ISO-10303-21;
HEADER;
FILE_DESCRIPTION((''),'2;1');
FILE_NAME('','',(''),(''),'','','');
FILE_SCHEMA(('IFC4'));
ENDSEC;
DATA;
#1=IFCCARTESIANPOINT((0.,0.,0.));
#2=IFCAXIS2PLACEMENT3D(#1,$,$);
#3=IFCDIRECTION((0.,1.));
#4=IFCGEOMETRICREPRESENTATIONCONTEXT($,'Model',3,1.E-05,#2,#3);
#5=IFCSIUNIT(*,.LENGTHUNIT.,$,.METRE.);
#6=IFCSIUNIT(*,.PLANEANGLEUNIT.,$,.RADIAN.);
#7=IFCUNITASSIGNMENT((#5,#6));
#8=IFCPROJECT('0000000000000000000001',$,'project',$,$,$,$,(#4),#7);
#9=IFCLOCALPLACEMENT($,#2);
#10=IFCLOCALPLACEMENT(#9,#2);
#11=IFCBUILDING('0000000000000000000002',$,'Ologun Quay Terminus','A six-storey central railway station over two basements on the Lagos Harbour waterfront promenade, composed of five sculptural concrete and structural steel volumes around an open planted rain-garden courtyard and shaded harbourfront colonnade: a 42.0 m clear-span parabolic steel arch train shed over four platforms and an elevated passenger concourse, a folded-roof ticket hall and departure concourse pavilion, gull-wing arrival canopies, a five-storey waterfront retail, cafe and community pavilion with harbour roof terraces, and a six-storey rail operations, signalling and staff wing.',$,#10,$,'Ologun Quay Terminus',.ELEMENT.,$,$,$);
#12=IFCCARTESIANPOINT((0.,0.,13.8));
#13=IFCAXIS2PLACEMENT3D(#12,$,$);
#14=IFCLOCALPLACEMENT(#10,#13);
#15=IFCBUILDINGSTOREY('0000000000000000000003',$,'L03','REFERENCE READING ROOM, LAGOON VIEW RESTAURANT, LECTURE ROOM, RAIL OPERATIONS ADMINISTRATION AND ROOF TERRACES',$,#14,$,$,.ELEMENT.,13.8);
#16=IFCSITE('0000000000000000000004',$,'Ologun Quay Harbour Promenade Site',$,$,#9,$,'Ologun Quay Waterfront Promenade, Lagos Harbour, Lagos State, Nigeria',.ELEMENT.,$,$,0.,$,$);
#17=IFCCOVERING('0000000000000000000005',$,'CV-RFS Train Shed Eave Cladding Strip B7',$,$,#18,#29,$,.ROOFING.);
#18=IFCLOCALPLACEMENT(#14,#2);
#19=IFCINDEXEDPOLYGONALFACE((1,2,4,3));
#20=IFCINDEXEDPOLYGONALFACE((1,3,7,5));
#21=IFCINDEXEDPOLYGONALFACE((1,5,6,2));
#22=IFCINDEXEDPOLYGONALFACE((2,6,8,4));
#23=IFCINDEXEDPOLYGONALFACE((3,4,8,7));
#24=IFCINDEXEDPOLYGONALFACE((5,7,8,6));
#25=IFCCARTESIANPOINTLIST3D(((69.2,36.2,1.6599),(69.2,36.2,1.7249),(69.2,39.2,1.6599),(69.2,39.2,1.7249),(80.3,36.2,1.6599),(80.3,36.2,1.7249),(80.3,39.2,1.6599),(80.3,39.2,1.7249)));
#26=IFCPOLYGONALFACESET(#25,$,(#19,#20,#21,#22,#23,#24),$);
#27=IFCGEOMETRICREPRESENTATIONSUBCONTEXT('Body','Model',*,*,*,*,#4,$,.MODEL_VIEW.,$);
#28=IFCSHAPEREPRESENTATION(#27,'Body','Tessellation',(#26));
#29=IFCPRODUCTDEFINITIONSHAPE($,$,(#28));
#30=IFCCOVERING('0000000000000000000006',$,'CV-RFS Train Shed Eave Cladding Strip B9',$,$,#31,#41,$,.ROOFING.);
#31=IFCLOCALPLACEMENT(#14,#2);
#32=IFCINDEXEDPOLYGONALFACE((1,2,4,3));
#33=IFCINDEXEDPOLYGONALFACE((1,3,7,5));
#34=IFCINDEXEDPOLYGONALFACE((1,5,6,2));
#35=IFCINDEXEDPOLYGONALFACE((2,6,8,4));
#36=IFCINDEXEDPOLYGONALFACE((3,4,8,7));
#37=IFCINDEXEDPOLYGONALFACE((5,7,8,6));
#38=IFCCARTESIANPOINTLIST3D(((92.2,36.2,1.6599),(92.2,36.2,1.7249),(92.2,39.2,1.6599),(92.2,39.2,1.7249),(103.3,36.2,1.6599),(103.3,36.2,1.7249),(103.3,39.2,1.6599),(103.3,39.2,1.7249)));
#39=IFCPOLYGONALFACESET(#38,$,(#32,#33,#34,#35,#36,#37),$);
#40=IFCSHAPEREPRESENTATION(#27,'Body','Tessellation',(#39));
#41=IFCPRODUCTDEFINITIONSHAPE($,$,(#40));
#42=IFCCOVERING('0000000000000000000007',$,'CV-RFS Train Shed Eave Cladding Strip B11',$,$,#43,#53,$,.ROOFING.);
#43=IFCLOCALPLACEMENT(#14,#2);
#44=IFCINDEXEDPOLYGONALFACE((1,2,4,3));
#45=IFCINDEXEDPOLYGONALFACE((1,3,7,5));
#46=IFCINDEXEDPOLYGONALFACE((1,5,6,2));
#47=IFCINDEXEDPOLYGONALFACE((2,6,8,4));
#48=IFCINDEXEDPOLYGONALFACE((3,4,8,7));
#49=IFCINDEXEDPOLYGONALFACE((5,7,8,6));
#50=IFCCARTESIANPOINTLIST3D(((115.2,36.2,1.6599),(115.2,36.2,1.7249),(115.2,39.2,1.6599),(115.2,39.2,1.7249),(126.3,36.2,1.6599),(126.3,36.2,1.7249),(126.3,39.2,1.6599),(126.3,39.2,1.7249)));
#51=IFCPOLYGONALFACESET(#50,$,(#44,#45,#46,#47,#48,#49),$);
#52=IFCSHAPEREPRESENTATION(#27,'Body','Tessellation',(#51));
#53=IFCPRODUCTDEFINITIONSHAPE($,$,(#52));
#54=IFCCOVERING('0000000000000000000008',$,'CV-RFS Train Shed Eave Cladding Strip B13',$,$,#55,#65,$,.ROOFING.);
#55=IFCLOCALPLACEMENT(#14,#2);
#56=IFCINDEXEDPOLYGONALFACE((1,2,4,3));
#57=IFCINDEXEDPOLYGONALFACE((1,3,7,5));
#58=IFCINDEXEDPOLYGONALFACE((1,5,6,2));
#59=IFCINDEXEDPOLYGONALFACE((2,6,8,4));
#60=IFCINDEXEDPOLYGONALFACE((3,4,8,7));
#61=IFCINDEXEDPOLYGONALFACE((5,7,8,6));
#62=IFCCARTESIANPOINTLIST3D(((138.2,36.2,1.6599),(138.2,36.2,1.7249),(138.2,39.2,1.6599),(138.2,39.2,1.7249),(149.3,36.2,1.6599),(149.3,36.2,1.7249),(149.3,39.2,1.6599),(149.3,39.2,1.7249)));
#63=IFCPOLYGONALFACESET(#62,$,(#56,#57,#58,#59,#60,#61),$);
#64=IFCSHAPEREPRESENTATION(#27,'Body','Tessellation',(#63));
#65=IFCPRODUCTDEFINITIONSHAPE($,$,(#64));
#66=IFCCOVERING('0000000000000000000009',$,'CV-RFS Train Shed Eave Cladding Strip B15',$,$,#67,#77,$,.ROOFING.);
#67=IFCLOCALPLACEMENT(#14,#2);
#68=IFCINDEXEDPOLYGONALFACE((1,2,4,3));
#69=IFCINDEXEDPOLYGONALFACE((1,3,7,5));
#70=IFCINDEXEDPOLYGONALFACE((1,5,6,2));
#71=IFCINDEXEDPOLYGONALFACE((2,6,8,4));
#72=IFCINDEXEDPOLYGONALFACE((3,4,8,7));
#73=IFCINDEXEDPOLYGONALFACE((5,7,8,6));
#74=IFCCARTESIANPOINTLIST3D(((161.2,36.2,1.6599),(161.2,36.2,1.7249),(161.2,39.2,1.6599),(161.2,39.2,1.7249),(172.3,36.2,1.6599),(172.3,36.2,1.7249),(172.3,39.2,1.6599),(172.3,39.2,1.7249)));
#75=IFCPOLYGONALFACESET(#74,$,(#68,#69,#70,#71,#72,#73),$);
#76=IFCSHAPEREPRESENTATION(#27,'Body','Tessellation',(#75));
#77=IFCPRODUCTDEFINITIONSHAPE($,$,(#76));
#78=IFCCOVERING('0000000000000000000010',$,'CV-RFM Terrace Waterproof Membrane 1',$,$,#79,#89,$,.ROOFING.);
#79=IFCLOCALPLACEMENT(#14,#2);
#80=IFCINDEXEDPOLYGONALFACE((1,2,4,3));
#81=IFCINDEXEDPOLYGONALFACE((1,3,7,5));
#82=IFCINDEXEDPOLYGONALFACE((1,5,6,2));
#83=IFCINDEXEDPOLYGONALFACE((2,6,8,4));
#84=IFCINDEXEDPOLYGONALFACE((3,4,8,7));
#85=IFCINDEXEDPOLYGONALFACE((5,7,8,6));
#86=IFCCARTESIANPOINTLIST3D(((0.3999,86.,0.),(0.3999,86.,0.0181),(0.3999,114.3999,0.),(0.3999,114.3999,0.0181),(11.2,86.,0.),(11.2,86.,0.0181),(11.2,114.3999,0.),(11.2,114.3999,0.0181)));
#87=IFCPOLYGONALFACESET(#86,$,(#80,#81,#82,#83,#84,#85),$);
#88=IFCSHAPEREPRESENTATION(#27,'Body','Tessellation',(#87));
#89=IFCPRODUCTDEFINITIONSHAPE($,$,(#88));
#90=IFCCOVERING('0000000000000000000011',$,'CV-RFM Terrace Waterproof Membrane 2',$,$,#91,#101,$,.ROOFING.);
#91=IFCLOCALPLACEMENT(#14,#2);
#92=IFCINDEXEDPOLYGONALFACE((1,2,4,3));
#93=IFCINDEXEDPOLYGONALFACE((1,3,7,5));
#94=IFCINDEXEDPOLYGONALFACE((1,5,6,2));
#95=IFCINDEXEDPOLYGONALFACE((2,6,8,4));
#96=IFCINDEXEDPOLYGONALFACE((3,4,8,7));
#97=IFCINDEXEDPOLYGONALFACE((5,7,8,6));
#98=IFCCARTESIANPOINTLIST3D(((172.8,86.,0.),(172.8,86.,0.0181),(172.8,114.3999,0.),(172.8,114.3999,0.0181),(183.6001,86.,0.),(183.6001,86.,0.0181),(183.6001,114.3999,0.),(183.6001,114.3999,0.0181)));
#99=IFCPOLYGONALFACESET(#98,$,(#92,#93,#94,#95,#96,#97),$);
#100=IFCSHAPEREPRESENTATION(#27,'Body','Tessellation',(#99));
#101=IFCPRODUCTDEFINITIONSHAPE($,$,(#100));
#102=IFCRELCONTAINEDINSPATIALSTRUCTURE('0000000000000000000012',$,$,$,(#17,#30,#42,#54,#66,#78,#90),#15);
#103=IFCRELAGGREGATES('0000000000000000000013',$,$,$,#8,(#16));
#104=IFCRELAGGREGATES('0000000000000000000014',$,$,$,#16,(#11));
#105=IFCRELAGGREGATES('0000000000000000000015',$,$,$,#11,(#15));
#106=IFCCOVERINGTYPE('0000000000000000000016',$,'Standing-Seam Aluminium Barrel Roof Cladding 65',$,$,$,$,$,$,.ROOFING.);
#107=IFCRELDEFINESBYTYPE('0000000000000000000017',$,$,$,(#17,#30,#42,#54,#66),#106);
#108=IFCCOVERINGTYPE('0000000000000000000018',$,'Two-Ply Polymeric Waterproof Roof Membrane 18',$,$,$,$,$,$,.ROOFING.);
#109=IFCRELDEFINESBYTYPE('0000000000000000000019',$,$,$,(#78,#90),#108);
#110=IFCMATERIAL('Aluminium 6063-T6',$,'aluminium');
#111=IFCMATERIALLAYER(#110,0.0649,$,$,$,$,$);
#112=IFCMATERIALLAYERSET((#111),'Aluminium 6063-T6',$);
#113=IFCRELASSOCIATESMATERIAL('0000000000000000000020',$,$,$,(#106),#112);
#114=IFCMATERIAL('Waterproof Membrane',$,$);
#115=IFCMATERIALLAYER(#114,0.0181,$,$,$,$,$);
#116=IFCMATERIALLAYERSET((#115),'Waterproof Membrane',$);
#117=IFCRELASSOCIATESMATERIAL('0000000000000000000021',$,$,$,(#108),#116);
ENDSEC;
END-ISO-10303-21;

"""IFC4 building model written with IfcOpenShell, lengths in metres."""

from ifc_helpers import new_model, si_unit, direction, frame, origin, place, context, subcontext, project, spatial, polyline, outline, extrude, material, layer, layer_set, type_object, element, save


model = new_model("IFC4")

# Units and contexts
model_context = context("Model", 3, precision=1e-05, world=origin(), true_north=direction((0.0, 1.0)))
body_context = subcontext(model_context, "Body", "Model", "MODEL_VIEW")
ifc_project = project(units=[si_unit("LENGTHUNIT", "METRE"), si_unit("PLANEANGLEUNIT", "RADIAN")], contexts=[model_context])

# Site, building, storey
site_placement = place(None, origin())
site = spatial("IfcSite", under=ifc_project, at=site_placement, Name="Ologun Quay Harbour Promenade Site", LongName="Ologun Quay Waterfront Promenade, Lagos Harbour, Lagos State, Nigeria", CompositionType="ELEMENT", RefElevation=0.0)
building_placement = place(site_placement, origin())
building = spatial("IfcBuilding", under=site, at=building_placement, Name="Ologun Quay Terminus", Description="A six-storey central railway station over two basements on the Lagos Harbour waterfront promenade, composed of five sculptural concrete and structural steel volumes around an open planted rain-garden courtyard and shaded harbourfront colonnade: a 42.0 m clear-span parabolic steel arch train shed over four platforms and an elevated passenger concourse, a folded-roof ticket hall and departure concourse pavilion, gull-wing arrival canopies, a five-storey waterfront retail, cafe and community pavilion with harbour roof terraces, and a six-storey rail operations, signalling and staff wing.", LongName="Ologun Quay Terminus", CompositionType="ELEMENT")
storey_placement = place(building_placement, frame((0.0, 0.0, 13.8)))
storey = spatial("IfcBuildingStorey", under=building, at=storey_placement, Name="L03", Description="REFERENCE READING ROOM, LAGOON VIEW RESTAURANT, LECTURE ROOM, RAIL OPERATIONS ADMINISTRATION AND ROOF TERRACES", CompositionType="ELEMENT", Elevation=13.8)

# Coverings
ifc_material_1 = material(Name="Aluminium 6063-T6", Category="aluminium")
ifc_layer_1 = layer(ifc_material_1, 0.0649)
ifc_layer_set_1 = layer_set([ifc_layer_1], Name="Aluminium 6063-T6")
covering_type_1 = type_object("IfcCoveringType", Name="Standing-Seam Aluminium Barrel Roof Cladding 65", PredefinedType="ROOFING", material=ifc_layer_set_1)
covering_1_placement = place(storey_placement, frame((0.0, 0.0, 1.6599)))
element("IfcCovering", 1, at=covering_1_placement, inside=storey, type_object=covering_type_1, Name="CV-RFS Train Shed Eave Cladding Strip B7", PredefinedType="ROOFING", context=body_context, shape_type="SweptSolid", body=[
    extrude(outline(polyline([(69.2, 36.2), (80.3, 36.2), (80.3, 39.2), (69.2, 39.2), (69.2, 36.2)])), origin(), (0.0, 0.0, 1.0), 0.0649),
])
covering_2_placement = place(storey_placement, frame((0.0, 0.0, 1.6599)))
element("IfcCovering", 2, at=covering_2_placement, inside=storey, type_object=covering_type_1, Name="CV-RFS Train Shed Eave Cladding Strip B9", PredefinedType="ROOFING", context=body_context, shape_type="SweptSolid", body=[
    extrude(outline(polyline([(92.2, 36.2), (103.3, 36.2), (103.3, 39.2), (92.2, 39.2), (92.2, 36.2)])), origin(), (0.0, 0.0, 1.0), 0.0649),
])
covering_3_placement = place(storey_placement, frame((0.0, 0.0, 1.6599)))
element("IfcCovering", 3, at=covering_3_placement, inside=storey, type_object=covering_type_1, Name="CV-RFS Train Shed Eave Cladding Strip B11", PredefinedType="ROOFING", context=body_context, shape_type="SweptSolid", body=[
    extrude(outline(polyline([(115.2, 36.2), (126.3, 36.2), (126.3, 39.2), (115.2, 39.2), (115.2, 36.2)])), origin(), (0.0, 0.0, 1.0), 0.0649),
])
covering_4_placement = place(storey_placement, frame((0.0, 0.0, 1.6599)))
element("IfcCovering", 4, at=covering_4_placement, inside=storey, type_object=covering_type_1, Name="CV-RFS Train Shed Eave Cladding Strip B13", PredefinedType="ROOFING", context=body_context, shape_type="SweptSolid", body=[
    extrude(outline(polyline([(138.2, 36.2), (149.3, 36.2), (149.3, 39.2), (138.2, 39.2), (138.2, 36.2)])), origin(), (0.0, 0.0, 1.0), 0.0649),
])
covering_5_placement = place(storey_placement, frame((0.0, 0.0, 1.6599)))
element("IfcCovering", 5, at=covering_5_placement, inside=storey, type_object=covering_type_1, Name="CV-RFS Train Shed Eave Cladding Strip B15", PredefinedType="ROOFING", context=body_context, shape_type="SweptSolid", body=[
    extrude(outline(polyline([(161.2, 36.2), (172.3, 36.2), (172.3, 39.2), (161.2, 39.2), (161.2, 36.2)])), origin(), (0.0, 0.0, 1.0), 0.0649),
])
ifc_material_2 = material(Name="Waterproof Membrane")
ifc_layer_2 = layer(ifc_material_2, 0.0181)
ifc_layer_set_2 = layer_set([ifc_layer_2], Name="Waterproof Membrane")
covering_type_2 = type_object("IfcCoveringType", Name="Two-Ply Polymeric Waterproof Roof Membrane 18", PredefinedType="ROOFING", material=ifc_layer_set_2)
covering_6_placement = place(storey_placement, origin())
element("IfcCovering", 6, at=covering_6_placement, inside=storey, type_object=covering_type_2, Name="CV-RFM Terrace Waterproof Membrane 1", PredefinedType="ROOFING", context=body_context, shape_type="SweptSolid", body=[
    extrude(outline(polyline([(0.3999, 86.0), (11.2, 86.0), (11.2, 114.3999), (0.3999, 114.3999), (0.3999, 86.0)])), origin(), (0.0, 0.0, 1.0), 0.0181),
])
covering_7_placement = place(storey_placement, origin())
element("IfcCovering", 7, at=covering_7_placement, inside=storey, type_object=covering_type_2, Name="CV-RFM Terrace Waterproof Membrane 2", PredefinedType="ROOFING", context=body_context, shape_type="SweptSolid", body=[
    extrude(outline(polyline([(172.8, 86.0), (183.6001, 86.0), (183.6001, 114.3999), (172.8, 114.3999), (172.8, 86.0)])), origin(), (0.0, 0.0, 1.0), 0.0181),
])

save(model, "model.ifc")
